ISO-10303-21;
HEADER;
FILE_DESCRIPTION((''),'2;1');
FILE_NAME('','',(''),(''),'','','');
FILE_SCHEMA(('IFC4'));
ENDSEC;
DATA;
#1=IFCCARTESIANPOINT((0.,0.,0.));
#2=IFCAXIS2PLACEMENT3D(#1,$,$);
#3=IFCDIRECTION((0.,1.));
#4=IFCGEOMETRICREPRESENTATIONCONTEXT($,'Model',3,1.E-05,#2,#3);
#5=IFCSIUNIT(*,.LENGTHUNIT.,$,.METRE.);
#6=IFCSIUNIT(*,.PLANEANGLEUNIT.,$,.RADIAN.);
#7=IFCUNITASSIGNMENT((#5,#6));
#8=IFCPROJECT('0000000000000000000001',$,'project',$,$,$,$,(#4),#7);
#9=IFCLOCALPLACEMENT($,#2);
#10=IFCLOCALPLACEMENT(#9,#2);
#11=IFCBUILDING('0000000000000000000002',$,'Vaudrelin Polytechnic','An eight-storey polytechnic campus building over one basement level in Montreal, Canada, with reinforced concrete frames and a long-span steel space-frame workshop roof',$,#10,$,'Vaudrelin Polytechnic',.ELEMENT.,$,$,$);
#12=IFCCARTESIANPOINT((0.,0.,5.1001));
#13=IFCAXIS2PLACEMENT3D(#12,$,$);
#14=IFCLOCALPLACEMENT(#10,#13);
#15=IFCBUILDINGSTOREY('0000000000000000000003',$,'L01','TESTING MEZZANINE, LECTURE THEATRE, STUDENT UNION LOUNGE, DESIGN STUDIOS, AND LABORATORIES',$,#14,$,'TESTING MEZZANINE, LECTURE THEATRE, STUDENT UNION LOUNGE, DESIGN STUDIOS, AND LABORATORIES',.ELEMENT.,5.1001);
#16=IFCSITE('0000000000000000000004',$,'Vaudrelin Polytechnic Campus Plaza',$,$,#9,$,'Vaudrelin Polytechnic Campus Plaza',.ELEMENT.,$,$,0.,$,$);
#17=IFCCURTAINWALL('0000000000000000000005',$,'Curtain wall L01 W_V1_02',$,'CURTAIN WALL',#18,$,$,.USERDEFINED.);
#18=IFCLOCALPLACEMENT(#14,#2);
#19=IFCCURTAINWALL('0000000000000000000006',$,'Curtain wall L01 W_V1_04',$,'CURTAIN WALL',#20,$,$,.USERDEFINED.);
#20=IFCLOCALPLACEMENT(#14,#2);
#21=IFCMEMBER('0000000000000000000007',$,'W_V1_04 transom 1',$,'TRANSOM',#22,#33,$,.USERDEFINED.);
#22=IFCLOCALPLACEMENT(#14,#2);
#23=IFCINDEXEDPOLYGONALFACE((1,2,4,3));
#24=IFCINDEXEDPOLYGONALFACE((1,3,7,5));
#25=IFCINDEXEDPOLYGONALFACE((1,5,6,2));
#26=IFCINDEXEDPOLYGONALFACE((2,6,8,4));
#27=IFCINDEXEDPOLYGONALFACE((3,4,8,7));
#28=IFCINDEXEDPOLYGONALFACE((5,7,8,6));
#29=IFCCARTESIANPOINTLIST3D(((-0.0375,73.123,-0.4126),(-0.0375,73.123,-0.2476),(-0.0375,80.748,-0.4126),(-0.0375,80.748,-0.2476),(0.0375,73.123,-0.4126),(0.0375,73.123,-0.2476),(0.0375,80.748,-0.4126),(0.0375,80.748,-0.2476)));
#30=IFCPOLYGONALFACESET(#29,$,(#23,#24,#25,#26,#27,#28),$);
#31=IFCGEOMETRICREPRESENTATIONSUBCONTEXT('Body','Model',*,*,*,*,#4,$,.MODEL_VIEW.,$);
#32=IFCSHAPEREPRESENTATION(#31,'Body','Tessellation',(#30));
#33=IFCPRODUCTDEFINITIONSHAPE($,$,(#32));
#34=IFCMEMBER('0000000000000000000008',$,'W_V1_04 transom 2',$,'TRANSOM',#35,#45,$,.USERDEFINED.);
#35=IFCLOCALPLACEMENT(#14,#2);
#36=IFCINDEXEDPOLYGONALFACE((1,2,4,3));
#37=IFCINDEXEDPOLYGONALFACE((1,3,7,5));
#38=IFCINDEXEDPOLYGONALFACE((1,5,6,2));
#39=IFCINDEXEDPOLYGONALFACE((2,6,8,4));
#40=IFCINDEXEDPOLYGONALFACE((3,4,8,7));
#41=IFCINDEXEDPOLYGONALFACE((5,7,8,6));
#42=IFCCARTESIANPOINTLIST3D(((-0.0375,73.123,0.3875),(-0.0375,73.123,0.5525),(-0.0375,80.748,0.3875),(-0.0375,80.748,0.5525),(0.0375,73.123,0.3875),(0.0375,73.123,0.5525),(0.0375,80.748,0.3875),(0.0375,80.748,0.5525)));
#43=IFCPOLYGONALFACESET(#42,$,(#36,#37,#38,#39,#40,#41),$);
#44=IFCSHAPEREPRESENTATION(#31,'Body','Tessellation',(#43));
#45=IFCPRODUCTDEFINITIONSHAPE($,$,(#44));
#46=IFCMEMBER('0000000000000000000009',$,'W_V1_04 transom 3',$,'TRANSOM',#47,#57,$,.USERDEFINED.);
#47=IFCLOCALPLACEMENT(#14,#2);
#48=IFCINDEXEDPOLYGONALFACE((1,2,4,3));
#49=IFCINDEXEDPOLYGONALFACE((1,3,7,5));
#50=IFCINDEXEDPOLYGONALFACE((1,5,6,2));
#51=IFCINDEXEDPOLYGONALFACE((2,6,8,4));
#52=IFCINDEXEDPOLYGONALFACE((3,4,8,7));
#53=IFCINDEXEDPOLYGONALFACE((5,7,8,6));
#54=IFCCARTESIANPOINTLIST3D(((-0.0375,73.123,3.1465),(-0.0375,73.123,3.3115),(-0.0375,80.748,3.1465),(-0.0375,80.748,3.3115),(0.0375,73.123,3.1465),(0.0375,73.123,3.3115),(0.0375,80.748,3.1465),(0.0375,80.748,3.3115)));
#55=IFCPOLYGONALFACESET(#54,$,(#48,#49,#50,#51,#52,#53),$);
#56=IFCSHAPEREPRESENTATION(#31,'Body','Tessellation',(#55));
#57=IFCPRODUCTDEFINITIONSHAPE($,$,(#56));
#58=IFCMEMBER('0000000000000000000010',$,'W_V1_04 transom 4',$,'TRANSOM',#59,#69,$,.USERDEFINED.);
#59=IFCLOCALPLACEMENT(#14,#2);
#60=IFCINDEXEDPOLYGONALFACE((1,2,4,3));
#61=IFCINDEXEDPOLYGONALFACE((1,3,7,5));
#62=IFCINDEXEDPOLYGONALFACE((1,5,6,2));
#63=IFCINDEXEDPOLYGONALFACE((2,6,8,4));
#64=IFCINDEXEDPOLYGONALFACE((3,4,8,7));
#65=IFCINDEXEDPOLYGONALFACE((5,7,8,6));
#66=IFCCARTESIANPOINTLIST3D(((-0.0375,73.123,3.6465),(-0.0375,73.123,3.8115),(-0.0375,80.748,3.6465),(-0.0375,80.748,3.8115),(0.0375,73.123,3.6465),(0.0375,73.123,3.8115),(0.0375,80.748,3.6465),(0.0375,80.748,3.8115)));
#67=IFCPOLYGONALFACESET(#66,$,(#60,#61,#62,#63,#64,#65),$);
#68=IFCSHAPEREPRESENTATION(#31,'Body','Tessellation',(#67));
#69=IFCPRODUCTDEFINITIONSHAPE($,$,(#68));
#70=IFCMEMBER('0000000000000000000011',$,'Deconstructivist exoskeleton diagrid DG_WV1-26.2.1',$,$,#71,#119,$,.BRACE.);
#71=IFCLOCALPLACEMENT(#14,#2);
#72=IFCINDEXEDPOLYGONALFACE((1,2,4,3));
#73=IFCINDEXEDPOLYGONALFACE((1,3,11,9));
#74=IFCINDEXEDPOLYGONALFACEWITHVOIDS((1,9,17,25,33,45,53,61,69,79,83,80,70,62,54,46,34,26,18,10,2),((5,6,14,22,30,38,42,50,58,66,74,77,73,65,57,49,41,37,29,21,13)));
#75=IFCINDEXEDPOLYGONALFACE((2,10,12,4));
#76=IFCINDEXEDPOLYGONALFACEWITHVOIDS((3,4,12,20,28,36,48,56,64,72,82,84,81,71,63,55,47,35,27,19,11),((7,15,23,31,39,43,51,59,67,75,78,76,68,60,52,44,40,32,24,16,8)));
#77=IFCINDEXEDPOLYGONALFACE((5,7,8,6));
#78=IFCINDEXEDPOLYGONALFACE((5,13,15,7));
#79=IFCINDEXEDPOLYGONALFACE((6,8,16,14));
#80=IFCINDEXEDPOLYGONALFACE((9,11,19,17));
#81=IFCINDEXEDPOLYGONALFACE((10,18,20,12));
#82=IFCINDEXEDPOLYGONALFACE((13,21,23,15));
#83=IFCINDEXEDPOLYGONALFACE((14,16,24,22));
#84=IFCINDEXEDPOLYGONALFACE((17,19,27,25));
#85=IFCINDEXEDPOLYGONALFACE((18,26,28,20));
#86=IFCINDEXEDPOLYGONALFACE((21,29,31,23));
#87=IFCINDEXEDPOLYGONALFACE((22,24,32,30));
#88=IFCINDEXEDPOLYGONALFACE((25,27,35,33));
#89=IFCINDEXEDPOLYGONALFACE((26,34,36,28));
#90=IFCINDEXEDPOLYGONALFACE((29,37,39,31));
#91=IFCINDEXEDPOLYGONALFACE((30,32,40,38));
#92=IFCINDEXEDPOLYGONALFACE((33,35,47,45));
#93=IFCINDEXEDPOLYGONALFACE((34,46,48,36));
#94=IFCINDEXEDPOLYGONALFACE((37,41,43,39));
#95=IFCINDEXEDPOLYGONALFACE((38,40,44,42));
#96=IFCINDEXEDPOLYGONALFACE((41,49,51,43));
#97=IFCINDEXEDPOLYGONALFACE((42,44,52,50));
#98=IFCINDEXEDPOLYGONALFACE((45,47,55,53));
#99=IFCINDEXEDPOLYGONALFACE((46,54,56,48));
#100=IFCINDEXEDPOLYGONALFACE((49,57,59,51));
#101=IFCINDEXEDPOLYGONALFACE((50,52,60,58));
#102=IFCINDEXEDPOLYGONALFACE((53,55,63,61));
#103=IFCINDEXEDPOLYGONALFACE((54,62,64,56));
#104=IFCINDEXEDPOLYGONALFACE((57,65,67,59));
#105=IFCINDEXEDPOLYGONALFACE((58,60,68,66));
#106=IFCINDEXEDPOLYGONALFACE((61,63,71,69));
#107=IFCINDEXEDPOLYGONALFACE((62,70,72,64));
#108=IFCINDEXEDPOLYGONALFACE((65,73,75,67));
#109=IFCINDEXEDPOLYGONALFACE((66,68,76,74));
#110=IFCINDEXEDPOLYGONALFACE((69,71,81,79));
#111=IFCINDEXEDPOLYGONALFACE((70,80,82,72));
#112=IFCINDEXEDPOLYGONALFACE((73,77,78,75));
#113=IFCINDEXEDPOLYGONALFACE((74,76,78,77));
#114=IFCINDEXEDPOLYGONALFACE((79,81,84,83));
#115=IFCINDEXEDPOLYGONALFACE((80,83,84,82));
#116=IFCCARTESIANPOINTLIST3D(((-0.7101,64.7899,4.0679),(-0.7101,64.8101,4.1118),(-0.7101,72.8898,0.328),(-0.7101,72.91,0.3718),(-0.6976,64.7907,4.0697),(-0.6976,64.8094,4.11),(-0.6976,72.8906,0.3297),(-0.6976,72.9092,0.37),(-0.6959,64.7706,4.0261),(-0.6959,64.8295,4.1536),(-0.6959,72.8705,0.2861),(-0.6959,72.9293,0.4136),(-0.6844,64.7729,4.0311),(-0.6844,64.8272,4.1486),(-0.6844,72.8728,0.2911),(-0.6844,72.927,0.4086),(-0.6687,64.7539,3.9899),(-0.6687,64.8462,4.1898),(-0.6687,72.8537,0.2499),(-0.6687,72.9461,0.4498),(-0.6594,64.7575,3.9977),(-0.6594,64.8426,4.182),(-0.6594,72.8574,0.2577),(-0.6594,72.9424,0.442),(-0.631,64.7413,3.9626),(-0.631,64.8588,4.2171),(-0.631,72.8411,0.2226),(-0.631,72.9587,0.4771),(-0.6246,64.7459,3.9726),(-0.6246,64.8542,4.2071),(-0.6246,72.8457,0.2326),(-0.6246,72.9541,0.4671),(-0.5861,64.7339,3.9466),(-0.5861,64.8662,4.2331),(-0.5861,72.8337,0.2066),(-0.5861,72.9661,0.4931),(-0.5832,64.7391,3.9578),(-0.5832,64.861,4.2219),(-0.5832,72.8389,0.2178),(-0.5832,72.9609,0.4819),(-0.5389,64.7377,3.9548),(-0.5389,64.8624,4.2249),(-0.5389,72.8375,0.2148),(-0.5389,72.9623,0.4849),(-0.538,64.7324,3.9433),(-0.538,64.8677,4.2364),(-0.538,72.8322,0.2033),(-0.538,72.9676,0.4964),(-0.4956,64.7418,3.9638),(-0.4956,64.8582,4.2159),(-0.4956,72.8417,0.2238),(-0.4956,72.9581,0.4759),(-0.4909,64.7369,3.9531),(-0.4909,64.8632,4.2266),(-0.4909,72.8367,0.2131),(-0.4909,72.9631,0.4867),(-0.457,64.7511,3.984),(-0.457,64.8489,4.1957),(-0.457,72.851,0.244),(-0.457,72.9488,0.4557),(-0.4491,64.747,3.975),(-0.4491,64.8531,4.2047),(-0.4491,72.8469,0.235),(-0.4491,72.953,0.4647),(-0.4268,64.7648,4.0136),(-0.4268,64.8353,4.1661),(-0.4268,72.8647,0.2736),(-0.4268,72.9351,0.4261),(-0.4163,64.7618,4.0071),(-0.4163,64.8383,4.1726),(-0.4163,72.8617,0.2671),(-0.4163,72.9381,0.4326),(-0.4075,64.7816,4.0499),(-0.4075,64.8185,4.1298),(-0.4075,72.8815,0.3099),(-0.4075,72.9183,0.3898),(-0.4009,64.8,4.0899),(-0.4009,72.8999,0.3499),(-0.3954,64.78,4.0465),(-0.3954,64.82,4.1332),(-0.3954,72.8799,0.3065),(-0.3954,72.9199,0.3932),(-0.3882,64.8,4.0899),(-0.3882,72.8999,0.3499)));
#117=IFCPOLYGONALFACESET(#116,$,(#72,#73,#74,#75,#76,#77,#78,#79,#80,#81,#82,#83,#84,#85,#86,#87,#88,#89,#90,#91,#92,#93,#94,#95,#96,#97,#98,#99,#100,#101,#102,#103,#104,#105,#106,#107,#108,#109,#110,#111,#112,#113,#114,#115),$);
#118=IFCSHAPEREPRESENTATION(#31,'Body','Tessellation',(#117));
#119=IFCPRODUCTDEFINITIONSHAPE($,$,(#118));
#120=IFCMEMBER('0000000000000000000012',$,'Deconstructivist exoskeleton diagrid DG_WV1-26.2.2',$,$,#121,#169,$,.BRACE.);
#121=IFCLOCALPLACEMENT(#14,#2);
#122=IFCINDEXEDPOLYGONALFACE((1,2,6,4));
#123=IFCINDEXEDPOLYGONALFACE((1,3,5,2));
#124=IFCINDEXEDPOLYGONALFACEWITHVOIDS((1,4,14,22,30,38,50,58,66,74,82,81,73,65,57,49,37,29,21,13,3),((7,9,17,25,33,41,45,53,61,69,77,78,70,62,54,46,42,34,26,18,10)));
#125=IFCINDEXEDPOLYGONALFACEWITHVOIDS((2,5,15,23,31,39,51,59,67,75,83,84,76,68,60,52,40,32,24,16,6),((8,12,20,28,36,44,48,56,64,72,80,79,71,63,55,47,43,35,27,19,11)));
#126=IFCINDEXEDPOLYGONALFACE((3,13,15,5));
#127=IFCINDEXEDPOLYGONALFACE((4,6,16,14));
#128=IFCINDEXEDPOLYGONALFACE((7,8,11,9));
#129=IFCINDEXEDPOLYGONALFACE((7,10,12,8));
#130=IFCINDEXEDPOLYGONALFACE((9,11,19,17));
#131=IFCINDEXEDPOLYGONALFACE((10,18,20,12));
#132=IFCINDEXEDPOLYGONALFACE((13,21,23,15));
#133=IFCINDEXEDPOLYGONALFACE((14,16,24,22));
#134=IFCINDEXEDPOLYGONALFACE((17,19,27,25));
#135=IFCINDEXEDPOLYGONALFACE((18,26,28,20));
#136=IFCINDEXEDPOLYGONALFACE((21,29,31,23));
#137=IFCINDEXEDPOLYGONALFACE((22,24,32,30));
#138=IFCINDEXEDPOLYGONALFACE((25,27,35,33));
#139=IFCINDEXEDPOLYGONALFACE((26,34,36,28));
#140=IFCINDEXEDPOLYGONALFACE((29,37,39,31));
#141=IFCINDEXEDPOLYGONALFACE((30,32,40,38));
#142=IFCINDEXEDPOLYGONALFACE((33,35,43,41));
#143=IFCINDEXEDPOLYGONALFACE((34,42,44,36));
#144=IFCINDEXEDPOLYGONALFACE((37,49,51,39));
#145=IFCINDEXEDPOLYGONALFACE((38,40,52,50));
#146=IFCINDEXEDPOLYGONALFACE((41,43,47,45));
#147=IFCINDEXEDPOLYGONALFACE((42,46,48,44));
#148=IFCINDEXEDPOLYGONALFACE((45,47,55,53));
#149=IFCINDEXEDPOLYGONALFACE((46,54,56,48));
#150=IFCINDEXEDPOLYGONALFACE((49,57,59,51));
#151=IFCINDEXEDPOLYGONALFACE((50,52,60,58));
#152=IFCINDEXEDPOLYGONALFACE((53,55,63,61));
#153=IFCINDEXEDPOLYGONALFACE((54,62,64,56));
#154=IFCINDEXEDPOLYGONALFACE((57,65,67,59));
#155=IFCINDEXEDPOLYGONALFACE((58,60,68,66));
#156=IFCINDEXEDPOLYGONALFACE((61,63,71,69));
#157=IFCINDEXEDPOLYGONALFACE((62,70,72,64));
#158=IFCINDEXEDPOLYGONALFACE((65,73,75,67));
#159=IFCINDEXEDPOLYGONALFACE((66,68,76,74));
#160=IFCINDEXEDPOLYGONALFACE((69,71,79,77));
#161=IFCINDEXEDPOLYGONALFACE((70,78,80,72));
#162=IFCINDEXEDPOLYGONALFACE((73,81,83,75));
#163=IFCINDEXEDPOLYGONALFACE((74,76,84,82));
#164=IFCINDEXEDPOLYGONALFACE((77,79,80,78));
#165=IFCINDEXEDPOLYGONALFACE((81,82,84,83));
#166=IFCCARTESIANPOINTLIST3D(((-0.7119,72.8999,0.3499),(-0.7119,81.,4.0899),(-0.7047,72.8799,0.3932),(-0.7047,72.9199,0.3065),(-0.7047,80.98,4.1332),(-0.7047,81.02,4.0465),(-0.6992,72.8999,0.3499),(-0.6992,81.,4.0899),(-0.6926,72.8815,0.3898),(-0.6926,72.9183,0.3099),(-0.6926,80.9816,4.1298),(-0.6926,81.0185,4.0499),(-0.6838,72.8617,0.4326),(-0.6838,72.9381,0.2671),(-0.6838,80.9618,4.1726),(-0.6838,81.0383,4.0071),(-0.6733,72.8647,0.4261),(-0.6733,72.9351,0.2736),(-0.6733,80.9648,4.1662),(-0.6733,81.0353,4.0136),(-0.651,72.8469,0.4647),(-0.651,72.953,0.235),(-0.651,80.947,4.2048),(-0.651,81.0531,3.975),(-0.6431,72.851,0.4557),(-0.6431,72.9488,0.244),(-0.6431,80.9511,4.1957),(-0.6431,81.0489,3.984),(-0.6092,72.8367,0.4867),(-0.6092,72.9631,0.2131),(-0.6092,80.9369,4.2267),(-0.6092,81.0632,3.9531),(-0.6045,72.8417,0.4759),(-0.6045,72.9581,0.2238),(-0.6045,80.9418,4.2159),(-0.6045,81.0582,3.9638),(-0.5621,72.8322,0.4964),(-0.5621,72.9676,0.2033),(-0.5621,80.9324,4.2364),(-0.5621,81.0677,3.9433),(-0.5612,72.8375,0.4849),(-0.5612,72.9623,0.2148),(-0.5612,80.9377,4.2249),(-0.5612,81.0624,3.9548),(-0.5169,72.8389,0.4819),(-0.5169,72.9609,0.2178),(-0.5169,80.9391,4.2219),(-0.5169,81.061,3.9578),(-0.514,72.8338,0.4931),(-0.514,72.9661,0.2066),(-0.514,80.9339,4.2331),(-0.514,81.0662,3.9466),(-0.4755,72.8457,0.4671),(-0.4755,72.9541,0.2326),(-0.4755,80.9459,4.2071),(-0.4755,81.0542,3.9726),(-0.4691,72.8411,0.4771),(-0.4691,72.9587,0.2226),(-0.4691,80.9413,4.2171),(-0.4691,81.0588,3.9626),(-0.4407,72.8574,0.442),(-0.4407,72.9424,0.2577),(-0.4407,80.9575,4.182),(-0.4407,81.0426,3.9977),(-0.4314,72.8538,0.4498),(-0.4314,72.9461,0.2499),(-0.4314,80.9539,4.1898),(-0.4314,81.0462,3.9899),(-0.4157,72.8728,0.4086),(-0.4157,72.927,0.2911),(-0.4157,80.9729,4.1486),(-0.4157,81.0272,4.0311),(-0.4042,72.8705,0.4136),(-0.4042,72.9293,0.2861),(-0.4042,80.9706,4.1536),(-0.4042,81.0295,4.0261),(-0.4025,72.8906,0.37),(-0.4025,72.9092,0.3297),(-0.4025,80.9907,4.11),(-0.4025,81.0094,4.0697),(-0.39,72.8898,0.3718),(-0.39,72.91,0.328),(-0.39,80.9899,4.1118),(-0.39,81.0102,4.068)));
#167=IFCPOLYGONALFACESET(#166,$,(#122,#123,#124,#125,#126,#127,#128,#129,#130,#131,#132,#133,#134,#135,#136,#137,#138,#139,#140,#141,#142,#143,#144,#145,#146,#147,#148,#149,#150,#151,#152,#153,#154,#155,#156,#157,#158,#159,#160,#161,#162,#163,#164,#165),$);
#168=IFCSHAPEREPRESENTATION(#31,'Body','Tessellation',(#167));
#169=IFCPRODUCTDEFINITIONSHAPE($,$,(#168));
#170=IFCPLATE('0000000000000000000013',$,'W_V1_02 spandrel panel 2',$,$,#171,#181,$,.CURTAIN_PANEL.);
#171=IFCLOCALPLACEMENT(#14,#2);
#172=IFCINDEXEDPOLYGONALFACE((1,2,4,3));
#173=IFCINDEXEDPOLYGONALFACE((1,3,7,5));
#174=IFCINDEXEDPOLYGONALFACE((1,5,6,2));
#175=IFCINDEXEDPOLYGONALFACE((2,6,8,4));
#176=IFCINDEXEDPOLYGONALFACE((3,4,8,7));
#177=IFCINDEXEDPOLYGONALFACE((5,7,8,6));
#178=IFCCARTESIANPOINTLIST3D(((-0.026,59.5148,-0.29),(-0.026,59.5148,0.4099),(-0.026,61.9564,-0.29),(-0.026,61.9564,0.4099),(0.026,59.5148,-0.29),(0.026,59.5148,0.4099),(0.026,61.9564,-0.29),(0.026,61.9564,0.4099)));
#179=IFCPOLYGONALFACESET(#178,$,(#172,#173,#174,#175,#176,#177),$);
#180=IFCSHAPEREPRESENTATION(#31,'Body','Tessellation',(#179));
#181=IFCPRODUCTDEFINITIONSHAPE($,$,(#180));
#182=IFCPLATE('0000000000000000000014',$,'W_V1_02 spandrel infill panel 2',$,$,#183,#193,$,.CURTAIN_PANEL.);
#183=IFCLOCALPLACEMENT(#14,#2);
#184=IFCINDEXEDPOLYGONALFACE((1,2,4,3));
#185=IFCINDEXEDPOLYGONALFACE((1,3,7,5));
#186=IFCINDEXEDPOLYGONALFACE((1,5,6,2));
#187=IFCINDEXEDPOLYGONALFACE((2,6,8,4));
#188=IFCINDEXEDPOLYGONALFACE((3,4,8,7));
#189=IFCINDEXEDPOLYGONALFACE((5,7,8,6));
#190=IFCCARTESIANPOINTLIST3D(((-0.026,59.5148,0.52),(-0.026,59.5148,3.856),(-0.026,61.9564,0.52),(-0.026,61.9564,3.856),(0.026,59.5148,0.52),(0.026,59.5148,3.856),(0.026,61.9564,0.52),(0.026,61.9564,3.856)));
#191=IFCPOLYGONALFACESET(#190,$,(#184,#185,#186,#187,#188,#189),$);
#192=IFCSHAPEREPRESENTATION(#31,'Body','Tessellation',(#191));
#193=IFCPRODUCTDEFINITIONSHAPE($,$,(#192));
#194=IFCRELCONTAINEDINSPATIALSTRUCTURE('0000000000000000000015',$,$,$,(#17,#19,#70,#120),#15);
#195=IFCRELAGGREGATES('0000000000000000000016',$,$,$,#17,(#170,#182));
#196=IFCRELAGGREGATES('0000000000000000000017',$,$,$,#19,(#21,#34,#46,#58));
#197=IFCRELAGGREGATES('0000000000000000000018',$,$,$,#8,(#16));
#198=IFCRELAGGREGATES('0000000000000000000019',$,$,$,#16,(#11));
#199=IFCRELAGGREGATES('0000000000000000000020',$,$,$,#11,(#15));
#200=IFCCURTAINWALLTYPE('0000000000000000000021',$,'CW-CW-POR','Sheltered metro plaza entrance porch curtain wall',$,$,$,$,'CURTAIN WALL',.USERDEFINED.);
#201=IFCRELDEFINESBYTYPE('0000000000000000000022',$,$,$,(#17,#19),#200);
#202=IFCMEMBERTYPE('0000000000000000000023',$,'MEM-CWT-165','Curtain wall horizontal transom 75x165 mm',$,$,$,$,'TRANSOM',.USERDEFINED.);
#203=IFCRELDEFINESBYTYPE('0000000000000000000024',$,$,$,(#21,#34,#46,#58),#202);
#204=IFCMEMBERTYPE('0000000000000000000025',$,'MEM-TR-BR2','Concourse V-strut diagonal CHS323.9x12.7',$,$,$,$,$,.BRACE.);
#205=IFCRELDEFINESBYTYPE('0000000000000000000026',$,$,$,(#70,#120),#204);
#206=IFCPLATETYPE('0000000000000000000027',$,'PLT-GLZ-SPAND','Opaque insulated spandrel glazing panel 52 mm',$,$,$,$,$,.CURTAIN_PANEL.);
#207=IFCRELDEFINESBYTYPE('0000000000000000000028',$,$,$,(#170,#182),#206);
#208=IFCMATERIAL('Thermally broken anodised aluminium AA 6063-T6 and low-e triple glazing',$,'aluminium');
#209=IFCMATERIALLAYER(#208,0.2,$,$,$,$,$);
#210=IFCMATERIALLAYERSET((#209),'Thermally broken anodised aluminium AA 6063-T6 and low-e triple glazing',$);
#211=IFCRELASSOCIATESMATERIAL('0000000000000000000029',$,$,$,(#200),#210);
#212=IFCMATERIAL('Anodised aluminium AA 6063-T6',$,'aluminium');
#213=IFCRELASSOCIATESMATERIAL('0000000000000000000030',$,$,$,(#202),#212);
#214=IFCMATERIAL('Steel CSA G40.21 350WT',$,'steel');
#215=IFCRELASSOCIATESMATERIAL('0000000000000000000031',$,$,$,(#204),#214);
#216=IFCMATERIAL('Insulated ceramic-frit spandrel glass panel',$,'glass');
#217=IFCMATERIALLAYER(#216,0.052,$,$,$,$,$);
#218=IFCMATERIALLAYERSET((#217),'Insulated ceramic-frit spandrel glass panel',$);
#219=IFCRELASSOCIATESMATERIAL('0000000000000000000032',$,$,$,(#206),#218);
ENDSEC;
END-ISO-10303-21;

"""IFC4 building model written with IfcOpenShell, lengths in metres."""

from ifc_helpers import new_model, si_unit, direction, frame, origin, origin_2d, place, context, subcontext, project, spatial, rectangle, hollow_circle, extrude, material, layer, layer_set, material_profile, profile_set, type_object, element, aggregate, save


model = new_model("IFC4")

# Units and contexts
model_context = context("Model", 3, precision=1e-05, world=origin(), true_north=direction((0.0, 1.0)))
body_context = subcontext(model_context, "Body", "Model", "MODEL_VIEW")
ifc_project = project(units=[si_unit("LENGTHUNIT", "METRE"), si_unit("PLANEANGLEUNIT", "RADIAN")], contexts=[model_context])

# Site, building, storey
site_placement = place(None, origin())
site = spatial("IfcSite", under=ifc_project, at=site_placement, Name="Vaudrelin Polytechnic Campus Plaza", LongName="Vaudrelin Polytechnic Campus Plaza", CompositionType="ELEMENT", RefElevation=0.0)
building_placement = place(site_placement, origin())
building = spatial("IfcBuilding", under=site, at=building_placement, Name="Vaudrelin Polytechnic", Description="An eight-storey polytechnic campus building over one basement level in Montreal, Canada, with reinforced concrete frames and a long-span steel space-frame workshop roof", LongName="Vaudrelin Polytechnic", CompositionType="ELEMENT")
storey_placement = place(building_placement, frame((0.0, 0.0, 5.1001)))
storey = spatial("IfcBuildingStorey", under=building, at=storey_placement, Name="L01", Description="TESTING MEZZANINE, LECTURE THEATRE, STUDENT UNION LOUNGE, DESIGN STUDIOS, AND LABORATORIES", LongName="TESTING MEZZANINE, LECTURE THEATRE, STUDENT UNION LOUNGE, DESIGN STUDIOS, AND LABORATORIES", CompositionType="ELEMENT", Elevation=5.1001)

# Shared definitions
ifc_material_1 = material(Name="Steel CSA G40.21 350WT", Category="steel")

# Curtain walls, members
ifc_material_2 = material(Name="Thermally broken anodised aluminium AA 6063-T6 and low-e triple glazing", Category="aluminium")
ifc_layer_1 = layer(ifc_material_2, 0.2)
ifc_layer_set_1 = layer_set([ifc_layer_1], Name="Thermally broken anodised aluminium AA 6063-T6 and low-e triple glazing")
curtain_wall_type = type_object("IfcCurtainWallType", Name="CW-CW-POR", Description="Sheltered metro plaza entrance porch curtain wall", ElementType="CURTAIN WALL", PredefinedType="USERDEFINED", material=ifc_layer_set_1)
curtain_wall_1_placement = place(storey_placement, origin())
curtain_wall_1 = element("IfcCurtainWall", 1, at=curtain_wall_1_placement, inside=storey, type_object=curtain_wall_type, Name="Curtain wall L01 W_V1_02", ObjectType="CURTAIN WALL", PredefinedType="USERDEFINED")
ifc_material_3 = material(Name="Anodised aluminium AA 6063-T6", Category="aluminium")
curtain_wall_2_placement = place(storey_placement, origin())
curtain_wall_2 = element("IfcCurtainWall", 2, at=curtain_wall_2_placement, inside=storey, type_object=curtain_wall_type, Name="Curtain wall L01 W_V1_04", ObjectType="CURTAIN WALL", PredefinedType="USERDEFINED")
ifc_material_profile_1 = material_profile(ifc_material_3, rectangle(XDim=0.075, YDim=0.165, at=origin_2d()), Name="CWT-75x165")
ifc_profile_set_1 = profile_set([ifc_material_profile_1], Name="Anodised aluminium AA 6063-T6")
member_type_1 = type_object("IfcMemberType", Name="MEM-CWT-165", Description="Curtain wall horizontal transom 75x165 mm", ElementType="TRANSOM", PredefinedType="USERDEFINED", material=ifc_profile_set_1)
member_1_placement = place(storey_placement, frame((0.0, 73.123, -0.3301), z_axis=(0.0, 1.0, 0.0), x_axis=(-1.0, 0.0, 0.0)))
member_1 = element("IfcMember", 3, at=member_1_placement, type_object=member_type_1, Name="W_V1_04 transom 1", ObjectType="TRANSOM", PredefinedType="USERDEFINED", context=body_context, shape_type="SweptSolid", body=[
    extrude(rectangle(XDim=0.075, YDim=0.165, at=origin_2d()), origin(), (0.0, 0.0, 1.0), 7.625),
])
member_2_placement = place(storey_placement, frame((0.0, 73.123, 0.47), z_axis=(0.0, 1.0, 0.0), x_axis=(-1.0, 0.0, 0.0)))
member_2 = element("IfcMember", 4, at=member_2_placement, type_object=member_type_1, Name="W_V1_04 transom 2", ObjectType="TRANSOM", PredefinedType="USERDEFINED", context=body_context, shape_type="SweptSolid", body=[
    extrude(rectangle(XDim=0.075, YDim=0.165, at=origin_2d()), origin(), (0.0, 0.0, 1.0), 7.625),
])
member_3_placement = place(storey_placement, frame((0.0, 73.123, 3.229), z_axis=(0.0, 1.0, 0.0), x_axis=(-1.0, 0.0, 0.0)))
member_3 = element("IfcMember", 5, at=member_3_placement, type_object=member_type_1, Name="W_V1_04 transom 3", ObjectType="TRANSOM", PredefinedType="USERDEFINED", context=body_context, shape_type="SweptSolid", body=[
    extrude(rectangle(XDim=0.075, YDim=0.165, at=origin_2d()), origin(), (0.0, 0.0, 1.0), 7.625),
])
member_4_placement = place(storey_placement, frame((0.0, 73.123, 3.729), z_axis=(0.0, 1.0, 0.0), x_axis=(-1.0, 0.0, 0.0)))
member_4 = element("IfcMember", 6, at=member_4_placement, type_object=member_type_1, Name="W_V1_04 transom 4", ObjectType="TRANSOM", PredefinedType="USERDEFINED", context=body_context, shape_type="SweptSolid", body=[
    extrude(rectangle(XDim=0.075, YDim=0.165, at=origin_2d()), origin(), (0.0, 0.0, 1.0), 7.625),
])

# Members
ifc_material_profile_2 = material_profile(ifc_material_1, hollow_circle(Radius=0.1619, WallThickness=0.0127, at=origin_2d()), Name="CHS323.9x12.7")
ifc_profile_set_2 = profile_set([ifc_material_profile_2], Name="Steel CSA G40.21 350WT")
member_type_2 = type_object("IfcMemberType", Name="MEM-TR-BR2", Description="Concourse V-strut diagonal CHS323.9x12.7", PredefinedType="BRACE", material=ifc_profile_set_2)
member_5_placement = place(storey_placement, frame((-0.55, 72.8999, 0.3499), z_axis=(0.0, -0.907891, 0.419206), x_axis=(1.0, 0.0, 0.0)))
element("IfcMember", 7, at=member_5_placement, inside=storey, type_object=member_type_2, Name="Deconstructivist exoskeleton diagrid DG_WV1-26.2.1", PredefinedType="BRACE", context=body_context, shape_type="SweptSolid", body=[
    extrude(hollow_circle(Radius=0.1619, WallThickness=0.0127, at=origin_2d()), origin(), (0.0, 0.0, 1.0), 8.9216),
])
member_6_placement = place(storey_placement, frame((-0.55, 72.8999, 0.3499), z_axis=(0.0, 0.907896, 0.419195), x_axis=(-1.0, 0.0, 0.0)))
element("IfcMember", 8, at=member_6_placement, inside=storey, type_object=member_type_2, Name="Deconstructivist exoskeleton diagrid DG_WV1-26.2.2", PredefinedType="BRACE", context=body_context, shape_type="SweptSolid", body=[
    extrude(hollow_circle(Radius=0.1619, WallThickness=0.0127, at=origin_2d()), origin(), (0.0, 0.0, 1.0), 8.9219),
])

# Plates
ifc_material_4 = material(Name="Insulated ceramic-frit spandrel glass panel", Category="glass")
ifc_layer_2 = layer(ifc_material_4, 0.052)
ifc_layer_set_2 = layer_set([ifc_layer_2], Name="Insulated ceramic-frit spandrel glass panel")
plate_type_1 = type_object("IfcPlateType", Name="PLT-GLZ-SPAND", Description="Opaque insulated spandrel glazing panel 52 mm", PredefinedType="CURTAIN_PANEL", material=ifc_layer_set_2)
plate_1_placement = place(storey_placement, frame((0.0, 60.7356, -0.29), z_axis=(0.0, 0.0, 1.0), x_axis=(0.0, 1.0, 0.0)))
plate_1 = element("IfcPlate", 9, at=plate_1_placement, type_object=plate_type_1, Name="W_V1_02 spandrel panel 2", PredefinedType="CURTAIN_PANEL", context=body_context, shape_type="SweptSolid", body=[
    extrude(rectangle(XDim=2.4417, YDim=0.052, at=origin_2d()), origin(), (0.0, 0.0, 1.0), 0.7),
])
plate_2_placement = place(storey_placement, frame((0.0, 60.7356, 0.52), z_axis=(0.0, 0.0, 1.0), x_axis=(0.0, 1.0, 0.0)))
plate_2 = element("IfcPlate", 10, at=plate_2_placement, type_object=plate_type_1, Name="W_V1_02 spandrel infill panel 2", PredefinedType="CURTAIN_PANEL", context=body_context, shape_type="SweptSolid", body=[
    extrude(rectangle(XDim=2.4417, YDim=0.052, at=origin_2d()), origin(), (0.0, 0.0, 1.0), 3.3359),
])
aggregate(curtain_wall_1, [plate_1, plate_2])
aggregate(curtain_wall_2, [member_1, member_2, member_3, member_4])

save(model, "model.ifc")
